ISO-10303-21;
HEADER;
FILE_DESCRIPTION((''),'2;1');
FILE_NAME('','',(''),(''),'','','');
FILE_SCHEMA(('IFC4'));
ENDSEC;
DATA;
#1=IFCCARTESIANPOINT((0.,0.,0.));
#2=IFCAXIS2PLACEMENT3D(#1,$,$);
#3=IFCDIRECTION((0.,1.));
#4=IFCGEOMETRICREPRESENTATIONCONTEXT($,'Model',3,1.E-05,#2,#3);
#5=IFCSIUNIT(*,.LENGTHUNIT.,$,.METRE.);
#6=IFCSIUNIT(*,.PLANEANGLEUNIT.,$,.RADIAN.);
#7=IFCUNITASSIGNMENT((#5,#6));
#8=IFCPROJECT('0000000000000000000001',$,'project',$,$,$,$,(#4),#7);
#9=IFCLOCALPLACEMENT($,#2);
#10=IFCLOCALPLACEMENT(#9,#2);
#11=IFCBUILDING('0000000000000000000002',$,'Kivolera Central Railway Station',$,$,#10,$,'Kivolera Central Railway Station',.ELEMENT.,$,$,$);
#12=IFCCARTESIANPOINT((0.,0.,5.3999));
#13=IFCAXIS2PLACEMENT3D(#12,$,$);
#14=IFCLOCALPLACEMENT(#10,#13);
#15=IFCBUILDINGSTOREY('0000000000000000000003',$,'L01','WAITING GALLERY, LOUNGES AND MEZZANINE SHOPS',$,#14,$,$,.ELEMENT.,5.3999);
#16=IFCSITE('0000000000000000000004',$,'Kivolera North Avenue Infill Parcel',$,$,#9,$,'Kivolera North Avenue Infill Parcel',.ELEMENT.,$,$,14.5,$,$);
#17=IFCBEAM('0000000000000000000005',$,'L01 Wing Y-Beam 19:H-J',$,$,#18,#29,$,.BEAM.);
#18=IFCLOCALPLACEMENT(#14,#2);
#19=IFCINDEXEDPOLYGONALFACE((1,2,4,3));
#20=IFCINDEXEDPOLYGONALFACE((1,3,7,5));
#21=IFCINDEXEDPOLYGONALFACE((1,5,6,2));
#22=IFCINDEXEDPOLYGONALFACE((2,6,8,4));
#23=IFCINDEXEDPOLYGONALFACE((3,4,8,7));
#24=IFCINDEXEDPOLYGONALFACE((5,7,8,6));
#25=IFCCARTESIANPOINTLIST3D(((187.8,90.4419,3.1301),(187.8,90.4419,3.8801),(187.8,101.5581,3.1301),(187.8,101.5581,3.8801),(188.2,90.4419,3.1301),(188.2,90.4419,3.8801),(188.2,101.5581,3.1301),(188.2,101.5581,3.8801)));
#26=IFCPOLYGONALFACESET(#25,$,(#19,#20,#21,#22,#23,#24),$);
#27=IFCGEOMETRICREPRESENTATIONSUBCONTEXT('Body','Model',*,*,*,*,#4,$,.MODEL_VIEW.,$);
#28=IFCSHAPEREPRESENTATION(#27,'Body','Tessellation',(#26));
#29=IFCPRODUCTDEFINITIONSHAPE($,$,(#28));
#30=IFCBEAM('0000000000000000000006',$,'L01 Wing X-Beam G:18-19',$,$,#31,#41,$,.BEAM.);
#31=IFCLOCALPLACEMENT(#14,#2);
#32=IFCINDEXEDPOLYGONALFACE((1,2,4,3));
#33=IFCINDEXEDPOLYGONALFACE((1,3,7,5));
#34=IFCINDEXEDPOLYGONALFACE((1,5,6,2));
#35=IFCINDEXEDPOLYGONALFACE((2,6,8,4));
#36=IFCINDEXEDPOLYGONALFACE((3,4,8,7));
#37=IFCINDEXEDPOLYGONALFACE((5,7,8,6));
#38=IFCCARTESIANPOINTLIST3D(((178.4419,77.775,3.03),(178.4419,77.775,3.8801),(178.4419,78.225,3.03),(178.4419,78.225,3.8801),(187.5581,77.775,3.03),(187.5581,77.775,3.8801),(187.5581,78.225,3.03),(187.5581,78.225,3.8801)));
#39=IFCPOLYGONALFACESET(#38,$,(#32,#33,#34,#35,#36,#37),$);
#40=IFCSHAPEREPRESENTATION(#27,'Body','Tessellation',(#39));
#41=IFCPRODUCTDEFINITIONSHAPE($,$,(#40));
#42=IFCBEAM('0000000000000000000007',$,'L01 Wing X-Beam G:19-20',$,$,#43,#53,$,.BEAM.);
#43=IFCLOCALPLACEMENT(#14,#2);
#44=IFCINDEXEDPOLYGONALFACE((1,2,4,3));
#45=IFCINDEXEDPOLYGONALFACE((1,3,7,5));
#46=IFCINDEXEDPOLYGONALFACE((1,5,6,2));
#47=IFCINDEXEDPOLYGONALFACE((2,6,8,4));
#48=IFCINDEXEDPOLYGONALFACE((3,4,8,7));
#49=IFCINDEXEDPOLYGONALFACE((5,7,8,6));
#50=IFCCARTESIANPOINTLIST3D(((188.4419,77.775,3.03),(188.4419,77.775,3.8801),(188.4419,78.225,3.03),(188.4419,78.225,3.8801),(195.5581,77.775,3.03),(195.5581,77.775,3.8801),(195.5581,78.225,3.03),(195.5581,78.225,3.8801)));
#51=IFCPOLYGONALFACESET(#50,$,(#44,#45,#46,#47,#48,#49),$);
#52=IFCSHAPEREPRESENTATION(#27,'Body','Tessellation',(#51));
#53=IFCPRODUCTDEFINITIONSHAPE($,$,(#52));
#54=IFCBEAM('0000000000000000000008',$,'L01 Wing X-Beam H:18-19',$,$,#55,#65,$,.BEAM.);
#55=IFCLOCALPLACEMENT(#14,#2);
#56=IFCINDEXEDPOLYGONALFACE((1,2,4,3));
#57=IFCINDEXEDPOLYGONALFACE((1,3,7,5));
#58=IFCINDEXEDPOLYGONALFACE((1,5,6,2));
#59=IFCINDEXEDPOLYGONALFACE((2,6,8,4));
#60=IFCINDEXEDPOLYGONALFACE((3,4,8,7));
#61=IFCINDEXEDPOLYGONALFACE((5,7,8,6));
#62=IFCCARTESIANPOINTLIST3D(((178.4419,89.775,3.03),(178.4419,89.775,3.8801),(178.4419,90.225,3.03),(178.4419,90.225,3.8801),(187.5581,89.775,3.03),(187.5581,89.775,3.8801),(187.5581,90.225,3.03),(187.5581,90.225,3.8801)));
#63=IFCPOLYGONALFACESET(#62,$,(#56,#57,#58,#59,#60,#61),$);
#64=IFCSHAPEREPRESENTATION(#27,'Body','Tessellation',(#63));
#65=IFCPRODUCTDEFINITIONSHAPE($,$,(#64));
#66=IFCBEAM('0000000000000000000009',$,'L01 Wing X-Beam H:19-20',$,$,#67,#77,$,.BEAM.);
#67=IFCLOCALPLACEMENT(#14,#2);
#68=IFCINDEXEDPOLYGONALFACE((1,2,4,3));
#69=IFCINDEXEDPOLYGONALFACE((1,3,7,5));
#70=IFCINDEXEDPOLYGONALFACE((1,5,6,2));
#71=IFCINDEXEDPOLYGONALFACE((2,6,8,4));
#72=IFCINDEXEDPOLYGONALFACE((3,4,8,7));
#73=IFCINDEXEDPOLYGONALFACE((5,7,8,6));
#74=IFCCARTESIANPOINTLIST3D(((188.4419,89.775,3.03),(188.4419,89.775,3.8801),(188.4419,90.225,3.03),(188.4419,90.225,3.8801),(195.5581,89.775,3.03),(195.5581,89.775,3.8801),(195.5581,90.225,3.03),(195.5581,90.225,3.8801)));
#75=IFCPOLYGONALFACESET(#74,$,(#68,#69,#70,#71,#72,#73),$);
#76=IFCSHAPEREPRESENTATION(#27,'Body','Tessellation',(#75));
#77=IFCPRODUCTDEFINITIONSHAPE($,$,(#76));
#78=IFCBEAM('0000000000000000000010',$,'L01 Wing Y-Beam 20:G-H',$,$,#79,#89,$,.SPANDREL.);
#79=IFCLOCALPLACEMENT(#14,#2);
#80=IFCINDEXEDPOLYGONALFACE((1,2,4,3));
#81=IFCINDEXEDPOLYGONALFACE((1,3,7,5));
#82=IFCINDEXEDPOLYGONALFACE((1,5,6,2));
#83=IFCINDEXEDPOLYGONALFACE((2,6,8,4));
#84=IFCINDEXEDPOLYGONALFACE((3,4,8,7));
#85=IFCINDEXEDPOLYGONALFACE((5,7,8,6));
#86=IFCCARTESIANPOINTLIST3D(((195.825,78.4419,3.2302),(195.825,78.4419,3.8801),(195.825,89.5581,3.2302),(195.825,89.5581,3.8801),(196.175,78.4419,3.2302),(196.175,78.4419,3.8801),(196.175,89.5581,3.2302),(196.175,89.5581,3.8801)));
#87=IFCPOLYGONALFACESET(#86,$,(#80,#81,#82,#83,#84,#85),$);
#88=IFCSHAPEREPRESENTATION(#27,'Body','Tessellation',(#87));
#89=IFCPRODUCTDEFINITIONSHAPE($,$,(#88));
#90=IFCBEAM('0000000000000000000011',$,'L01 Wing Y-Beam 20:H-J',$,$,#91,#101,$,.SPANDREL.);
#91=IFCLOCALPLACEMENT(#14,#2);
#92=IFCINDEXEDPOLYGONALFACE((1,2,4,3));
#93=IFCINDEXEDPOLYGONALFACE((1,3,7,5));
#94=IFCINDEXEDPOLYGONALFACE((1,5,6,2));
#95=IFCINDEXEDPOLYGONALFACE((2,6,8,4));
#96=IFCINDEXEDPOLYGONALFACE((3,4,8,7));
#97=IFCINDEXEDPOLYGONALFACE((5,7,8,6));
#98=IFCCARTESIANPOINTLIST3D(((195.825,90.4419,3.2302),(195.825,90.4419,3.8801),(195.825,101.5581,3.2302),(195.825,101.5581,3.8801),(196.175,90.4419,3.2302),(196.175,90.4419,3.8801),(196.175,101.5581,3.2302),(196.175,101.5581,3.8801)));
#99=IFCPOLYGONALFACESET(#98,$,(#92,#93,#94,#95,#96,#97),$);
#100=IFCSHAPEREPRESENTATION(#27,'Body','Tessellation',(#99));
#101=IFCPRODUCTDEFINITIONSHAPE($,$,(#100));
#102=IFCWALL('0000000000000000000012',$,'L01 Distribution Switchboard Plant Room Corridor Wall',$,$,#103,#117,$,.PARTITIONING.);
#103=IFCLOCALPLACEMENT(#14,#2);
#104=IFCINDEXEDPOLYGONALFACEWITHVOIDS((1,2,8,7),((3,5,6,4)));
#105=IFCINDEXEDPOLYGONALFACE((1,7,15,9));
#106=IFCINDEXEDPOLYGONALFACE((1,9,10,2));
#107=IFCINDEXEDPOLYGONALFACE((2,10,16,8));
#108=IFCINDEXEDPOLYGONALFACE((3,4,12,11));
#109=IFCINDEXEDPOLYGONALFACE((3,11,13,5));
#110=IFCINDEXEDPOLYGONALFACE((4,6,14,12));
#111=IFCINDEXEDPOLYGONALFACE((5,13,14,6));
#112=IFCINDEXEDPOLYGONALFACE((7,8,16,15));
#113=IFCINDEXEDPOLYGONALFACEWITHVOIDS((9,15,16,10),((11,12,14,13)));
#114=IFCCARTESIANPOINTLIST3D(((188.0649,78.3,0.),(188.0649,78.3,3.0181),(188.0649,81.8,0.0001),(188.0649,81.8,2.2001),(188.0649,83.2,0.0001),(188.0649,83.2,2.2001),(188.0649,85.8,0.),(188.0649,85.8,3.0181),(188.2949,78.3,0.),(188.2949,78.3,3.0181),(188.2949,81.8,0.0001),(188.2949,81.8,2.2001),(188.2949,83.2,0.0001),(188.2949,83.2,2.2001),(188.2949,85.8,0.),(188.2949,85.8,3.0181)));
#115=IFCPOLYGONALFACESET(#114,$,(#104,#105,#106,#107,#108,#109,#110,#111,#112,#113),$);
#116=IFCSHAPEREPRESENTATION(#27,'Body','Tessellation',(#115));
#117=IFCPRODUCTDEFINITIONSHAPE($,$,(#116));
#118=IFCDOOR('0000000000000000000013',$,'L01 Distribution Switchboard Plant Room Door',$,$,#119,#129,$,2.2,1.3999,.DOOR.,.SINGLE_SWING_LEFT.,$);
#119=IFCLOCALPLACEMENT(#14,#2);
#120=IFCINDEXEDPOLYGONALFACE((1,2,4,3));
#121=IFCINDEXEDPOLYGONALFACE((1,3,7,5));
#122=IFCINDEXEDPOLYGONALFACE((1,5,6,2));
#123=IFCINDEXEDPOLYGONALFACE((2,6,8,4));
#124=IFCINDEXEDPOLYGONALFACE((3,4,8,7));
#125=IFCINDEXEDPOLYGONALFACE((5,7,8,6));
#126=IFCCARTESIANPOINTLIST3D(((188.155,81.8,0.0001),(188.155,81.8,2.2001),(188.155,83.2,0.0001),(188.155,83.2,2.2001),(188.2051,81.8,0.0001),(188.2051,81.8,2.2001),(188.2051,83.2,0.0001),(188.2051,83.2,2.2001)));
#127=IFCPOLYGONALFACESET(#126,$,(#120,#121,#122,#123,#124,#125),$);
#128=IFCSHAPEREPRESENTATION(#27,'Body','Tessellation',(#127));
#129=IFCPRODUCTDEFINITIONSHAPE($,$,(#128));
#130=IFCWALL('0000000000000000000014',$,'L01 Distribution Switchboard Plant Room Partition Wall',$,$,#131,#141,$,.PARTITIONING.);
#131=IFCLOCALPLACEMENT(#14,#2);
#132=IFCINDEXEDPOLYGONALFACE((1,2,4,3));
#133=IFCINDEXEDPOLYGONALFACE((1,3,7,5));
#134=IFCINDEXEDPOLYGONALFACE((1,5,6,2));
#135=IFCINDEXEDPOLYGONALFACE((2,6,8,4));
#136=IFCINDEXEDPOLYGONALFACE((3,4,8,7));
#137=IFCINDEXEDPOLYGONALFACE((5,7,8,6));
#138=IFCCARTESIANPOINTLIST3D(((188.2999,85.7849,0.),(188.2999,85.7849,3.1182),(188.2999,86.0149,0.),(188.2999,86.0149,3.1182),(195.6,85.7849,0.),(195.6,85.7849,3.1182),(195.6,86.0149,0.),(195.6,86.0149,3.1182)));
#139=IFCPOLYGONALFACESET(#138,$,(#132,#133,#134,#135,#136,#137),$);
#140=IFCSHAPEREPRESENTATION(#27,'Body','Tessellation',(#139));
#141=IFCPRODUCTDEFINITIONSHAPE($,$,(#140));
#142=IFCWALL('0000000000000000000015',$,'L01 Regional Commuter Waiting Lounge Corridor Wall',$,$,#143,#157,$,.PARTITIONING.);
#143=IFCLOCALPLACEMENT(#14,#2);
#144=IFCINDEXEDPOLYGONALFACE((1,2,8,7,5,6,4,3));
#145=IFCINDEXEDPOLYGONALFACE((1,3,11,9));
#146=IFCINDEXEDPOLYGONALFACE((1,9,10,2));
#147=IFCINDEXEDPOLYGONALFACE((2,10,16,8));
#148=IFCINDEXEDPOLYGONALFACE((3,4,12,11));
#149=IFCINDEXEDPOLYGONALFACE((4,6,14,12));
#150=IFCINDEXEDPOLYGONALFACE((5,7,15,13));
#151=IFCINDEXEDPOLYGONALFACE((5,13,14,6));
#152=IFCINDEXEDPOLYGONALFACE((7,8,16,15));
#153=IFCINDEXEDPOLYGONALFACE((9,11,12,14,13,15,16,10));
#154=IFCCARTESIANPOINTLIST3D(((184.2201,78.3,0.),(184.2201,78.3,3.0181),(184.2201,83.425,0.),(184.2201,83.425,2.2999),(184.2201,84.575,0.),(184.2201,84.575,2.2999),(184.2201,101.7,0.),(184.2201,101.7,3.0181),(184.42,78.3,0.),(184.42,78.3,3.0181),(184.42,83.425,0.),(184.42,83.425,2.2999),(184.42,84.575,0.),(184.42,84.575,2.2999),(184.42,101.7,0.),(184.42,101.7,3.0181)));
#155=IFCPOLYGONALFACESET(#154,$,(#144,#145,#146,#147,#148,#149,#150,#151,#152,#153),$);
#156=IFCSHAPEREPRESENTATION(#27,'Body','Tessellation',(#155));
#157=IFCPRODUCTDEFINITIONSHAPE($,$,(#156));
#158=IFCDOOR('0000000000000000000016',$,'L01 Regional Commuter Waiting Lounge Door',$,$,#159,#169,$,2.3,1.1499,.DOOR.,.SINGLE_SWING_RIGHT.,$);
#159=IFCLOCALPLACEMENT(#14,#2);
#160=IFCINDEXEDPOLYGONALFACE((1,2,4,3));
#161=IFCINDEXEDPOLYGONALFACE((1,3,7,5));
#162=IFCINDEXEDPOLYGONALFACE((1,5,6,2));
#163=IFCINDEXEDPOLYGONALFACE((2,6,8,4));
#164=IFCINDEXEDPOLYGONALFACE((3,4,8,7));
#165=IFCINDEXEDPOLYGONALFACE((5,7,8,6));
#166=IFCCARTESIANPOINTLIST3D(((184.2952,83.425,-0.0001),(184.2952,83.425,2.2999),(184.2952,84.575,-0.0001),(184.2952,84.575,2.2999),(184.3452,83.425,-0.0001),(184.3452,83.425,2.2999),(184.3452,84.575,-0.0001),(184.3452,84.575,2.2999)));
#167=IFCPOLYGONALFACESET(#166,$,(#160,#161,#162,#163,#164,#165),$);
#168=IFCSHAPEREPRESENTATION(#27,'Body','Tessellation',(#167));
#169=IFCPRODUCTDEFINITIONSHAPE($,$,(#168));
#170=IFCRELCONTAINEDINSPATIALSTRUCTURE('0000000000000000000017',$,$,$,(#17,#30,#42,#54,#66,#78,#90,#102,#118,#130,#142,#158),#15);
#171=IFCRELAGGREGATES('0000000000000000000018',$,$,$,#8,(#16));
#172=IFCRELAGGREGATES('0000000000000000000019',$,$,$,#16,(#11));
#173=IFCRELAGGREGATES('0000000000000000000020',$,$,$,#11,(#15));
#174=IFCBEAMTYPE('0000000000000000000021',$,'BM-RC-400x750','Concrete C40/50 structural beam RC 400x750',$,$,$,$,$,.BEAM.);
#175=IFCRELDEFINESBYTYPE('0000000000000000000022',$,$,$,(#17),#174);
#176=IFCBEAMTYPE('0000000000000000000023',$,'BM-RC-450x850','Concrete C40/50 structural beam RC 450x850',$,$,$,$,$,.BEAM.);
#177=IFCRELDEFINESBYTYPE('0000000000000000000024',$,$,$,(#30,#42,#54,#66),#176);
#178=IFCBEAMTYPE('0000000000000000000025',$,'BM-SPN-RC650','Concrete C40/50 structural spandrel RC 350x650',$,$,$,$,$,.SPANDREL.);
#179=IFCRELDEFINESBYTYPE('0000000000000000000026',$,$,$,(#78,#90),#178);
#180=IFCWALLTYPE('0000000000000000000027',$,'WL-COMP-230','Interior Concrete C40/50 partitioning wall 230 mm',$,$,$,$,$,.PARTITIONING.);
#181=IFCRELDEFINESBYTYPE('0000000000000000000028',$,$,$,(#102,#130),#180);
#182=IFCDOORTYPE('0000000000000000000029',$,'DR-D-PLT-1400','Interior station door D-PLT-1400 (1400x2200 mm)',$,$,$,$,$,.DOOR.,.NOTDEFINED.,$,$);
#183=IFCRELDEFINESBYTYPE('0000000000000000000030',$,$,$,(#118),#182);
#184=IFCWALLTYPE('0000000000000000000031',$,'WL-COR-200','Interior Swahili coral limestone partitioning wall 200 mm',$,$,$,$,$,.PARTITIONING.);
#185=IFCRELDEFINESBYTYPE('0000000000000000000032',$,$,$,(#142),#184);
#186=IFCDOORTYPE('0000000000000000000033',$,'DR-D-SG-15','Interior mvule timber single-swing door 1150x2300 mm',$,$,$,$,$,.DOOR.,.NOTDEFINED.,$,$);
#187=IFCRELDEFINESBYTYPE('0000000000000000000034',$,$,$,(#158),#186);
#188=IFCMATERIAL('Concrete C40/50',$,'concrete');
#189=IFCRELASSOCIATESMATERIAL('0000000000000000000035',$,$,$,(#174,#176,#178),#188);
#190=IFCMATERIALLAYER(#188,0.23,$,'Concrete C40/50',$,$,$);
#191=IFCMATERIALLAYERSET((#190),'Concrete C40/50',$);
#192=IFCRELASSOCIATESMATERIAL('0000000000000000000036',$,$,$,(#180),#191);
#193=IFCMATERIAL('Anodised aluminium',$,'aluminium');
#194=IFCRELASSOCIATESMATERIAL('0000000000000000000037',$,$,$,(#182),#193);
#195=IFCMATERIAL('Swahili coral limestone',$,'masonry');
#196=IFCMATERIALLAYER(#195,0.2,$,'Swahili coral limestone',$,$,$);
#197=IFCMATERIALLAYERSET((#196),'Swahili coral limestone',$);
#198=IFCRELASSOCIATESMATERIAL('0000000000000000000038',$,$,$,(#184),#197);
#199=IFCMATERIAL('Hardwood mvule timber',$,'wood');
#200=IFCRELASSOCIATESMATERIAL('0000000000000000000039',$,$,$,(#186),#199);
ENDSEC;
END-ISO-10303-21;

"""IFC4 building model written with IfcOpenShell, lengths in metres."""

from ifc_helpers import new_model, si_unit, direction, frame, frame_2d, origin, origin_2d, place, context, subcontext, project, spatial, rectangle, extrude, material, layer, layer_set, material_profile, profile_set, type_object, element, fill, save


model = new_model("IFC4")

# Units and contexts
model_context = context("Model", 3, precision=1e-05, world=origin(), true_north=direction((0.0, 1.0)))
body_context = subcontext(model_context, "Body", "Model", "MODEL_VIEW")
ifc_project = project(units=[si_unit("LENGTHUNIT", "METRE"), si_unit("PLANEANGLEUNIT", "RADIAN")], contexts=[model_context])

# Site, building, storey
site_placement = place(None, origin())
site = spatial("IfcSite", under=ifc_project, at=site_placement, Name="Kivolera North Avenue Infill Parcel", LongName="Kivolera North Avenue Infill Parcel", CompositionType="ELEMENT", RefElevation=14.5)
building_placement = place(site_placement, origin())
building = spatial("IfcBuilding", under=site, at=building_placement, Name="Kivolera Central Railway Station", LongName="Kivolera Central Railway Station", CompositionType="ELEMENT")
storey_placement = place(building_placement, frame((0.0, 0.0, 5.3999)))
storey = spatial("IfcBuildingStorey", under=building, at=storey_placement, Name="L01", Description="WAITING GALLERY, LOUNGES AND MEZZANINE SHOPS", CompositionType="ELEMENT", Elevation=5.3999)

# Shared definitions
ifc_material_1 = material(Name="Concrete C40/50", Category="concrete")

# Beams
ifc_material_profile_1 = material_profile(ifc_material_1, rectangle(XDim=0.3999, YDim=0.75, at=origin_2d()), Name="RC 400x750")
ifc_profile_set_1 = profile_set([ifc_material_profile_1], Name="Concrete C40/50")
beam_type_1 = type_object("IfcBeamType", Name="BM-RC-400x750", Description="Concrete C40/50 structural beam RC 400x750", PredefinedType="BEAM", material=ifc_profile_set_1)
for number, where, z_axis, x_axis, name in (
    (1, (188.0, 90.4419, 3.5051), (0.0, 1.0, 0.0), (-1.0, 0.0, 0.0), "L01 Wing Y-Beam 19:H-J"),
):
    element("IfcBeam", number, at=place(storey_placement, frame(where, z_axis=z_axis, x_axis=x_axis)), inside=storey, type_object=beam_type_1, Name=name, PredefinedType="BEAM", context=body_context, shape_type="SweptSolid", body=[
        extrude(rectangle(XDim=0.3999, YDim=0.75, at=origin_2d()), origin(), (0.0, 0.0, 1.0), 11.1162),
    ])
ifc_material_profile_2 = material_profile(ifc_material_1, rectangle(XDim=0.45, YDim=0.8501, at=origin_2d()), Name="RC 450x850")
ifc_profile_set_2 = profile_set([ifc_material_profile_2], Name="Concrete C40/50")
beam_type_2 = type_object("IfcBeamType", Name="BM-RC-450x850", Description="Concrete C40/50 structural beam RC 450x850", PredefinedType="BEAM", material=ifc_profile_set_2)
beam_1_placement = place(storey_placement, frame((178.4419, 78.0, 3.4551), z_axis=(1.0, 0.0, 0.0), x_axis=(0.0, 1.0, 0.0)))
element("IfcBeam", 2, at=beam_1_placement, inside=storey, type_object=beam_type_2, Name="L01 Wing X-Beam G:18-19", PredefinedType="BEAM", context=body_context, shape_type="SweptSolid", body=[
    extrude(rectangle(XDim=0.45, YDim=0.8501, at=origin_2d()), origin(), (0.0, 0.0, 1.0), 9.1162),
])
beam_2_placement = place(storey_placement, frame((188.4419, 78.0, 3.4551), z_axis=(1.0, 0.0, 0.0), x_axis=(0.0, 1.0, 0.0)))
element("IfcBeam", 3, at=beam_2_placement, inside=storey, type_object=beam_type_2, Name="L01 Wing X-Beam G:19-20", PredefinedType="BEAM", context=body_context, shape_type="SweptSolid", body=[
    extrude(rectangle(XDim=0.45, YDim=0.8501, at=origin_2d()), origin(), (0.0, 0.0, 1.0), 7.1162),
])
beam_3_placement = place(storey_placement, frame((178.4419, 90.0, 3.4551), z_axis=(1.0, 0.0, 0.0), x_axis=(0.0, 1.0, 0.0)))
element("IfcBeam", 4, at=beam_3_placement, inside=storey, type_object=beam_type_2, Name="L01 Wing X-Beam H:18-19", PredefinedType="BEAM", context=body_context, shape_type="SweptSolid", body=[
    extrude(rectangle(XDim=0.45, YDim=0.8501, at=origin_2d()), origin(), (0.0, 0.0, 1.0), 9.1162),
])
beam_4_placement = place(storey_placement, frame((188.4419, 90.0, 3.4551), z_axis=(1.0, 0.0, 0.0), x_axis=(0.0, 1.0, 0.0)))
element("IfcBeam", 5, at=beam_4_placement, inside=storey, type_object=beam_type_2, Name="L01 Wing X-Beam H:19-20", PredefinedType="BEAM", context=body_context, shape_type="SweptSolid", body=[
    extrude(rectangle(XDim=0.45, YDim=0.8501, at=origin_2d()), origin(), (0.0, 0.0, 1.0), 7.1162),
])
ifc_material_profile_3 = material_profile(ifc_material_1, rectangle(XDim=0.3501, YDim=0.6499, at=origin_2d()), Name="RC 350x650")
ifc_profile_set_3 = profile_set([ifc_material_profile_3], Name="Concrete C40/50")
beam_type_3 = type_object("IfcBeamType", Name="BM-SPN-RC650", Description="Concrete C40/50 structural spandrel RC 350x650", PredefinedType="SPANDREL", material=ifc_profile_set_3)
for number, where, z_axis, x_axis, name in (
    (6, (196.0, 78.4419, 3.5552), (0.0, 1.0, 0.0), (-1.0, 0.0, 0.0), "L01 Wing Y-Beam 20:G-H"),
    (7, (196.0, 90.4419, 3.5552), (0.0, 1.0, 0.0), (-1.0, 0.0, 0.0), "L01 Wing Y-Beam 20:H-J"),
):
    element("IfcBeam", number, at=place(storey_placement, frame(where, z_axis=z_axis, x_axis=x_axis)), inside=storey, type_object=beam_type_3, Name=name, PredefinedType="SPANDREL", context=body_context, shape_type="SweptSolid", body=[
        extrude(rectangle(XDim=0.3501, YDim=0.6499, at=origin_2d()), origin(), (0.0, 0.0, 1.0), 11.1162),
    ])

# Wall, opening, door
ifc_layer_1 = layer(ifc_material_1, 0.23, Name="Concrete C40/50")
ifc_layer_set_1 = layer_set([ifc_layer_1], Name="Concrete C40/50")
wall_type_1 = type_object("IfcWallType", Name="WL-COMP-230", Description="Interior Concrete C40/50 partitioning wall 230 mm", PredefinedType="PARTITIONING", material=ifc_layer_set_1)
wall_1_placement = place(storey_placement, frame((188.1799, 78.3, 0.0), z_axis=(0.0, 0.0, 1.0), x_axis=(0.0, 1.0, 0.0)))
wall_1 = element("IfcWall", 8, at=wall_1_placement, inside=storey, type_object=wall_type_1, Name="L01 Distribution Switchboard Plant Room Corridor Wall", PredefinedType="PARTITIONING", context=body_context, shape_type="SweptSolid", body=[
    extrude(rectangle(XDim=7.5, YDim=0.23, at=frame_2d((3.75, 0.0))), origin(), (0.0, 0.0, 1.0), 3.0181),
])
opening_1_placement = place(wall_1_placement, frame((3.5, 0.0, 0.0)))
opening_1 = element("IfcOpeningElement", 9, at=opening_1_placement, cuts=wall_1, PredefinedType="OPENING", context=body_context, shape_type="SweptSolid", body=[
    extrude(rectangle(XDim=1.3999, YDim=2.2, at=frame_2d((0.7, 1.1001))), frame((0.0, 0.125, 0.0), z_axis=(0.0, -1.0, 0.0), x_axis=(1.0, 0.0, 0.0)), (0.0, 0.0, 1.0), 0.25),
])
ifc_material_2 = material(Name="Anodised aluminium", Category="aluminium")
door_type_1 = type_object("IfcDoorType", Name="DR-D-PLT-1400", Description="Interior station door D-PLT-1400 (1400x2200 mm)", OperationType="NOTDEFINED", PredefinedType="DOOR", material=ifc_material_2)
door_1_placement = place(opening_1_placement, origin())
door_1 = element("IfcDoor", 10, at=door_1_placement, inside=storey, type_object=door_type_1, Name="L01 Distribution Switchboard Plant Room Door", OperationType="SINGLE_SWING_LEFT", OverallHeight=2.2, OverallWidth=1.3999, PredefinedType="DOOR", context=body_context, shape_type="SweptSolid", body=[
    extrude(rectangle(XDim=1.3999, YDim=2.2, at=frame_2d((0.7, 1.1001))), frame((0.0, 0.0249, 0.0), z_axis=(0.0, -1.0, 0.0), x_axis=(1.0, 0.0, 0.0)), (0.0, 0.0, 1.0), 0.05),
])
fill(opening_1, door_1)

# Wall
wall_2_placement = place(storey_placement, frame((188.3, 85.8999, 0.0), z_axis=(0.0, 0.0, 1.0), x_axis=(1.0, 0.0, 0.0)))
element("IfcWall", 11, at=wall_2_placement, inside=storey, type_object=wall_type_1, Name="L01 Distribution Switchboard Plant Room Partition Wall", PredefinedType="PARTITIONING", context=body_context, shape_type="SweptSolid", body=[
    extrude(rectangle(XDim=7.3, YDim=0.23, at=frame_2d((3.6499, 0.0))), origin(), (0.0, 0.0, 1.0), 3.1182),
])

# Wall, opening, door
ifc_material_3 = material(Name="Swahili coral limestone", Category="masonry")
ifc_layer_2 = layer(ifc_material_3, 0.2, Name="Swahili coral limestone")
ifc_layer_set_2 = layer_set([ifc_layer_2], Name="Swahili coral limestone")
wall_type_2 = type_object("IfcWallType", Name="WL-COR-200", Description="Interior Swahili coral limestone partitioning wall 200 mm", PredefinedType="PARTITIONING", material=ifc_layer_set_2)
wall_3_placement = place(storey_placement, frame((184.3201, 78.3, 0.0), z_axis=(0.0, 0.0, 1.0), x_axis=(0.0, 1.0, 0.0)))
wall_3 = element("IfcWall", 12, at=wall_3_placement, inside=storey, type_object=wall_type_2, Name="L01 Regional Commuter Waiting Lounge Corridor Wall", PredefinedType="PARTITIONING", context=body_context, shape_type="SweptSolid", body=[
    extrude(rectangle(XDim=23.3999, YDim=0.2, at=frame_2d((11.7, 0.0))), origin(), (0.0, 0.0, 1.0), 3.0181),
])
opening_2_placement = place(wall_3_placement, frame((5.125, 0.0, 0.0)))
opening_2 = element("IfcOpeningElement", 13, at=opening_2_placement, cuts=wall_3, PredefinedType="OPENING", context=body_context, shape_type="SweptSolid", body=[
    extrude(rectangle(XDim=1.1499, YDim=2.3, at=frame_2d((0.575, 1.1499))), frame((0.0, 0.1099, 0.0), z_axis=(0.0, -1.0, 0.0), x_axis=(1.0, 0.0, 0.0)), (0.0, 0.0, 1.0), 0.22),
])
ifc_material_4 = material(Name="Hardwood mvule timber", Category="wood")
door_type_2 = type_object("IfcDoorType", Name="DR-D-SG-15", Description="Interior mvule timber single-swing door 1150x2300 mm", OperationType="NOTDEFINED", PredefinedType="DOOR", material=ifc_material_4)
door_2_placement = place(opening_2_placement, origin())
door_2 = element("IfcDoor", 14, at=door_2_placement, inside=storey, type_object=door_type_2, Name="L01 Regional Commuter Waiting Lounge Door", OperationType="SINGLE_SWING_RIGHT", OverallHeight=2.3, OverallWidth=1.1499, PredefinedType="DOOR", context=body_context, shape_type="SweptSolid", body=[
    extrude(rectangle(XDim=1.1499, YDim=2.3, at=frame_2d((0.575, 1.1499))), frame((0.0, 0.0249, 0.0), z_axis=(0.0, -1.0, 0.0), x_axis=(1.0, 0.0, 0.0)), (0.0, 0.0, 1.0), 0.05),
])
fill(opening_2, door_2)

save(model, "model.ifc")
